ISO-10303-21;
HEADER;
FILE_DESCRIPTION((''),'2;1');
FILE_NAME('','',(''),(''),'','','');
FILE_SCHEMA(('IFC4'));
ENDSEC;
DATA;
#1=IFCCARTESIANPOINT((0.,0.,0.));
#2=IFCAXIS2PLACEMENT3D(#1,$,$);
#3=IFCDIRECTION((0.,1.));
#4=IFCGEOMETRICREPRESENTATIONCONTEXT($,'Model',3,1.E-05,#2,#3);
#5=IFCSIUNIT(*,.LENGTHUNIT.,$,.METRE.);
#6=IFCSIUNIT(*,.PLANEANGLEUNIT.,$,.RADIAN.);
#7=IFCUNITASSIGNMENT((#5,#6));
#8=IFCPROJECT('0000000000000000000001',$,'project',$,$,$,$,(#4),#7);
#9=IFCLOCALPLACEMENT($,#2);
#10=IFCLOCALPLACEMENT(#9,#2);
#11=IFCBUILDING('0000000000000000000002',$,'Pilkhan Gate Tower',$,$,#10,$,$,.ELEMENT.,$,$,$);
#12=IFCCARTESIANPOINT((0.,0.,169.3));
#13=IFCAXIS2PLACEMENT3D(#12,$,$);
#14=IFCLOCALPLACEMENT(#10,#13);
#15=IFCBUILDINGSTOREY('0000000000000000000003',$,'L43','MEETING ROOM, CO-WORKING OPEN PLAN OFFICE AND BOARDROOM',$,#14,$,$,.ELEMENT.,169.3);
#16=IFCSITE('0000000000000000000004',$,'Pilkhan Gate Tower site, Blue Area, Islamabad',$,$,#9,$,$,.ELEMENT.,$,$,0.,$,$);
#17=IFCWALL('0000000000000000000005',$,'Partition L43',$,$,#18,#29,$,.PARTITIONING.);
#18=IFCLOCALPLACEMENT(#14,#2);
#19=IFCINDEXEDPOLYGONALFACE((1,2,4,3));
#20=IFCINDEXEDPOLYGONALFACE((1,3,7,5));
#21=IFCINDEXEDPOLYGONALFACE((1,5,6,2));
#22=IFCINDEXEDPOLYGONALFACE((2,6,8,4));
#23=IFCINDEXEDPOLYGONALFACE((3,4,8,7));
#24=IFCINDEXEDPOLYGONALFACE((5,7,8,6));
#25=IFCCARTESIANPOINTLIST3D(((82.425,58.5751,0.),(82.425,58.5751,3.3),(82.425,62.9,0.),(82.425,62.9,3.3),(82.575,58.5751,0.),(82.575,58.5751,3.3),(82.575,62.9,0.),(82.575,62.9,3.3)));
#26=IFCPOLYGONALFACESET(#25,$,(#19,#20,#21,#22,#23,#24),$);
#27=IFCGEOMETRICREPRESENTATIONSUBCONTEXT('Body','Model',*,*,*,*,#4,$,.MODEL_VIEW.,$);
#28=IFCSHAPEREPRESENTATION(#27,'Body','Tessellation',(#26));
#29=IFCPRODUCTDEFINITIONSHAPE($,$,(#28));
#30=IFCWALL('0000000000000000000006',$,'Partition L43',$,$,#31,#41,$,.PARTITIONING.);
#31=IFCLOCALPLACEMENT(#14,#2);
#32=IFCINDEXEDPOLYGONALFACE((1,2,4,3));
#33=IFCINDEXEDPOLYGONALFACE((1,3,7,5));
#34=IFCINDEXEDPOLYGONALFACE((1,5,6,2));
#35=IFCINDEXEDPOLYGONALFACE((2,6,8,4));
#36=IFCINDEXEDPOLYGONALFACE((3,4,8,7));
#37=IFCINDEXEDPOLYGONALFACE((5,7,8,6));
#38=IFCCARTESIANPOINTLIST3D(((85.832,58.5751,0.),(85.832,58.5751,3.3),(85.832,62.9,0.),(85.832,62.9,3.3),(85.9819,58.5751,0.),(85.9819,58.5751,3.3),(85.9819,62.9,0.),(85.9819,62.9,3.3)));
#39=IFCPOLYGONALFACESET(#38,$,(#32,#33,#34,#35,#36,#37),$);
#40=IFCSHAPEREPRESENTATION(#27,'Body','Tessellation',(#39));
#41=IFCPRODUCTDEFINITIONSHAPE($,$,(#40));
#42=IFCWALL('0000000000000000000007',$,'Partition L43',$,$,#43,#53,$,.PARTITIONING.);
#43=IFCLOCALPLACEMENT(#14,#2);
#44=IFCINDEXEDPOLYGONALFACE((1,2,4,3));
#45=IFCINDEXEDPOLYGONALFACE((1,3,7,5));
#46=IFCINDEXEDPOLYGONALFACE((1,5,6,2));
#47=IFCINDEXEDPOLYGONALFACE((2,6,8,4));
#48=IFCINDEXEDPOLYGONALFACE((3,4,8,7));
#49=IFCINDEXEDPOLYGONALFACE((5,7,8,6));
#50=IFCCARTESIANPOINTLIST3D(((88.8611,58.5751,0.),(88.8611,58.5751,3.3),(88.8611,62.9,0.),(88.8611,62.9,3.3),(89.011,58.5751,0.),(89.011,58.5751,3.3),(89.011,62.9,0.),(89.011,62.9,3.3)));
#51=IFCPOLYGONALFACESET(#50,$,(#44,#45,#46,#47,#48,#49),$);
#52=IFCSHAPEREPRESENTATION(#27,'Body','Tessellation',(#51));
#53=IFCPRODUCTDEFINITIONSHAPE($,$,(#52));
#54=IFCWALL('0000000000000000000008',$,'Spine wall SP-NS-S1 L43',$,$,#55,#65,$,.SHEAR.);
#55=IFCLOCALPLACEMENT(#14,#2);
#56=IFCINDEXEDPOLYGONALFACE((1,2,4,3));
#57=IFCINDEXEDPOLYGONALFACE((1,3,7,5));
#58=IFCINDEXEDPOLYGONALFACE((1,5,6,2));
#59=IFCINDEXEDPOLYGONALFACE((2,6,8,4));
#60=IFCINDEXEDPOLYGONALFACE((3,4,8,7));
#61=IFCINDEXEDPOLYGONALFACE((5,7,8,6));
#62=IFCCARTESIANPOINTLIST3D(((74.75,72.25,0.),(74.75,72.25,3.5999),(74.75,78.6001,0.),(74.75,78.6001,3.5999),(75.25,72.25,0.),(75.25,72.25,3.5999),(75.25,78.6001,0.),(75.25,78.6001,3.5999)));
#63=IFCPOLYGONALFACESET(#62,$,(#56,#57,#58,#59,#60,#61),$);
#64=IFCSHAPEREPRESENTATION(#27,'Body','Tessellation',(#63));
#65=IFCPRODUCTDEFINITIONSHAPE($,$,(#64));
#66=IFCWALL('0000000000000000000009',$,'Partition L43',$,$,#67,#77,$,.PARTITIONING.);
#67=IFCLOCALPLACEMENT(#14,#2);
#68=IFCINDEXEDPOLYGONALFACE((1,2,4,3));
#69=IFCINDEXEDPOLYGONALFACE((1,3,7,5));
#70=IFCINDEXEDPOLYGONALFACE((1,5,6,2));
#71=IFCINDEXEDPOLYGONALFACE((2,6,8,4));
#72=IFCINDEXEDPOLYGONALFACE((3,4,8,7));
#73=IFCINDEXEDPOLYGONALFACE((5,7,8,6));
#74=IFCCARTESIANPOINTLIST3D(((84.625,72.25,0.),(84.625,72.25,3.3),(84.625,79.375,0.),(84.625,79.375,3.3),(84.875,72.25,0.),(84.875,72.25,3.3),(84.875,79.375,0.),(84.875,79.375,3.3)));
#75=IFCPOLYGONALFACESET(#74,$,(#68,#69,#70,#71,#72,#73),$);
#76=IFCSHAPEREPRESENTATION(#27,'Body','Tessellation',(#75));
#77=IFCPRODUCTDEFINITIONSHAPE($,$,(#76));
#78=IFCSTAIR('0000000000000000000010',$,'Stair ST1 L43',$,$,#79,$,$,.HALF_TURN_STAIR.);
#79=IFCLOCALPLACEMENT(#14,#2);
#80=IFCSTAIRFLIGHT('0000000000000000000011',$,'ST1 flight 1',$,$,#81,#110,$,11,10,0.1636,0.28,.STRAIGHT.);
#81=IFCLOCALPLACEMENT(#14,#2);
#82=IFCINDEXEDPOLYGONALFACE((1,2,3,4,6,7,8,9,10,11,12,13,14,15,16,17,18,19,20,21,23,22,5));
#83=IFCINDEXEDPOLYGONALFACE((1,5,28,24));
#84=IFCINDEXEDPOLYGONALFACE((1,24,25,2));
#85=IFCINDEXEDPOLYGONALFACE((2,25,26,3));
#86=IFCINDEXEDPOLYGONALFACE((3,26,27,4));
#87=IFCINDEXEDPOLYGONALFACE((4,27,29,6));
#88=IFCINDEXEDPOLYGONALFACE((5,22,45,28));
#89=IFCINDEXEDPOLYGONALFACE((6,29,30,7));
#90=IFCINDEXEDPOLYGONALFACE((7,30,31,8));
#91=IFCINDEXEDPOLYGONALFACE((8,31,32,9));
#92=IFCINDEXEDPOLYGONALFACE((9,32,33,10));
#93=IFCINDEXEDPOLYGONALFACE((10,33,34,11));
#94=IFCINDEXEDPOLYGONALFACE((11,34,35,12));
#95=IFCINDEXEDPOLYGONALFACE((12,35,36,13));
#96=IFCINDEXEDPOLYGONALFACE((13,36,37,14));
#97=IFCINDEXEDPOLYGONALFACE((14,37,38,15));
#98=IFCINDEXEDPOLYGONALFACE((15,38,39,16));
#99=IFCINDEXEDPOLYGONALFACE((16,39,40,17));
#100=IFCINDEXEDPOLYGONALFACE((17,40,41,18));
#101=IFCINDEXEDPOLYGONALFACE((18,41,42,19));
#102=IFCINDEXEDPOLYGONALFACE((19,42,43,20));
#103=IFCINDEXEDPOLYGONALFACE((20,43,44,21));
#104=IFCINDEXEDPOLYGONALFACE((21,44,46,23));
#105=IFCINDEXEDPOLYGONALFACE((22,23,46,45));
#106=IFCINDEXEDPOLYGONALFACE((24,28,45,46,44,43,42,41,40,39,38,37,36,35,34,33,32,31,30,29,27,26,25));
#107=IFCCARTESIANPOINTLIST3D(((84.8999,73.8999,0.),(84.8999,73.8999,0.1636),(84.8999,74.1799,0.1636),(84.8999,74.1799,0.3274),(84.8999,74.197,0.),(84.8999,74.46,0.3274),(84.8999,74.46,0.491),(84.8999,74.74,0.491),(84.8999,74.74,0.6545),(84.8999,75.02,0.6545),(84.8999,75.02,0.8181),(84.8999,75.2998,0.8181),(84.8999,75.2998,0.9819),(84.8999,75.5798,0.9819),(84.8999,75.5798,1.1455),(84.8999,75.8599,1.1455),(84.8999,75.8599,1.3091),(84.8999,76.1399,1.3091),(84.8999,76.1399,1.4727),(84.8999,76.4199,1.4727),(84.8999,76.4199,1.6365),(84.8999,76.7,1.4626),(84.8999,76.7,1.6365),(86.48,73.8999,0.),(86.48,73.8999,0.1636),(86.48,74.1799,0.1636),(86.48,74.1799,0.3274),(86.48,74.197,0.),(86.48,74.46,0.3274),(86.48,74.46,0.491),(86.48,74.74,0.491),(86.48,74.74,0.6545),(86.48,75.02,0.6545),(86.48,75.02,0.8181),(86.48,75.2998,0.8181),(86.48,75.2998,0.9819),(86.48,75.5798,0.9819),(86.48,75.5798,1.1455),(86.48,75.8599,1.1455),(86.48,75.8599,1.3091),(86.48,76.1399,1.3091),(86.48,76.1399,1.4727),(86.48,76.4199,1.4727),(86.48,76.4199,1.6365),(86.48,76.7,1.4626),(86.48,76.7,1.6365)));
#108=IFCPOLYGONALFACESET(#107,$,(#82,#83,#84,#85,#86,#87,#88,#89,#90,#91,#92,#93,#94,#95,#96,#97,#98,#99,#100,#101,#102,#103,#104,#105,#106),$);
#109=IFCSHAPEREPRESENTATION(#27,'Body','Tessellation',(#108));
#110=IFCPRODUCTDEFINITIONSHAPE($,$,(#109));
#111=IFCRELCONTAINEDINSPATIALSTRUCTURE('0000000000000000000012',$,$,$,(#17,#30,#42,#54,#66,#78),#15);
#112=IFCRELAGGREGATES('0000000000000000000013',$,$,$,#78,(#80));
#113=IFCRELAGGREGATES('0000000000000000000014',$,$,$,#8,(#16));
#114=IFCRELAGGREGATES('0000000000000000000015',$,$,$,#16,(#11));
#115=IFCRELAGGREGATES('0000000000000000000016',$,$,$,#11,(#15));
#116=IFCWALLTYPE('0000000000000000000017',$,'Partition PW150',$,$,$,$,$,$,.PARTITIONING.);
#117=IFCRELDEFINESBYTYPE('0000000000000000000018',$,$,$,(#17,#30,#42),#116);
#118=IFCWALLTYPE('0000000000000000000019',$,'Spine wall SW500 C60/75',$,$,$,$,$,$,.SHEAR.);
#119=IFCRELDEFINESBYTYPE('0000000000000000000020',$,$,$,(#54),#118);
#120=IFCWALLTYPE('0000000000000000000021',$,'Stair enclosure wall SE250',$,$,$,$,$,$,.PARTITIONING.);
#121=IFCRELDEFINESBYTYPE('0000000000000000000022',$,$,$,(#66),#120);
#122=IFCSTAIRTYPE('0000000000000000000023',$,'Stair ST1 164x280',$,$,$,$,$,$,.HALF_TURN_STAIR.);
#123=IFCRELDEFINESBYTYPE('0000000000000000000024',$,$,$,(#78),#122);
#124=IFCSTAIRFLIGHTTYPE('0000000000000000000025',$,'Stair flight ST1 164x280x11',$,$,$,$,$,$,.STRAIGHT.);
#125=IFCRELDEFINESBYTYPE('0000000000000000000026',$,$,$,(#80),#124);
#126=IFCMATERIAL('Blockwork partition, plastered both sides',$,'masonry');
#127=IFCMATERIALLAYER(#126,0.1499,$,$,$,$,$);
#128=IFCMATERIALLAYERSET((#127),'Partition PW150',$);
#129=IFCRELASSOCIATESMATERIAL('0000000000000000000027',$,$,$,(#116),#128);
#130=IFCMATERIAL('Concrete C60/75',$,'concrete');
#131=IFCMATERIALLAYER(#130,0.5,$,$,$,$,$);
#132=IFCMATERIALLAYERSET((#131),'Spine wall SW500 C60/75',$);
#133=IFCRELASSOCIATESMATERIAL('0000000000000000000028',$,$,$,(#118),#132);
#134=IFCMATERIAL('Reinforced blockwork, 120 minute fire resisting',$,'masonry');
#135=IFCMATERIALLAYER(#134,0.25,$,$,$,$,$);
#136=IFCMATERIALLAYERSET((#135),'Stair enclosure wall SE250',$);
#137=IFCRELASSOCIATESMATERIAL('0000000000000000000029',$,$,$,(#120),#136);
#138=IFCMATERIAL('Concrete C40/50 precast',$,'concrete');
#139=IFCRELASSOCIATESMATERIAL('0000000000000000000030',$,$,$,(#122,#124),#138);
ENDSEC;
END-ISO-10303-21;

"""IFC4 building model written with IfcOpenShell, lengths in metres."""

from ifc_helpers import new_model, si_unit, direction, frame, frame_2d, origin, place, context, subcontext, project, spatial, polyline, rectangle, outline, extrude, material, layer, layer_set, type_object, element, aggregate, save


model = new_model("IFC4")

# Units and contexts
model_context = context("Model", 3, precision=1e-05, world=origin(), true_north=direction((0.0, 1.0)))
body_context = subcontext(model_context, "Body", "Model", "MODEL_VIEW")
ifc_project = project(units=[si_unit("LENGTHUNIT", "METRE"), si_unit("PLANEANGLEUNIT", "RADIAN")], contexts=[model_context])

# Site, building, storey
site_placement = place(None, origin())
site = spatial("IfcSite", under=ifc_project, at=site_placement, Name="Pilkhan Gate Tower site, Blue Area, Islamabad", CompositionType="ELEMENT", RefElevation=0.0)
building_placement = place(site_placement, origin())
building = spatial("IfcBuilding", under=site, at=building_placement, Name="Pilkhan Gate Tower", CompositionType="ELEMENT")
storey_placement = place(building_placement, frame((0.0, 0.0, 169.3)))
storey = spatial("IfcBuildingStorey", under=building, at=storey_placement, Name="L43", Description="MEETING ROOM, CO-WORKING OPEN PLAN OFFICE AND BOARDROOM", CompositionType="ELEMENT", Elevation=169.3)

# Shared definitions
ifc_material_1 = material(Name="Concrete C60/75", Category="concrete")

# Walls
ifc_material_2 = material(Name="Blockwork partition, plastered both sides", Category="masonry")
ifc_layer_1 = layer(ifc_material_2, 0.1499)
ifc_layer_set_1 = layer_set([ifc_layer_1], Name="Partition PW150")
wall_type_1 = type_object("IfcWallType", Name="Partition PW150", PredefinedType="PARTITIONING", material=ifc_layer_set_1)
for number, where, z_axis, x_axis, name in (
    (1, (82.5, 58.575, 0.0), (0.0, 0.0, 1.0), (0.0, 1.0, 0.0), "Partition L43"),
    (2, (85.907, 58.575, 0.0), (0.0, 0.0, 1.0), (0.0, 1.0, 0.0), "Partition L43"),
    (3, (88.936, 58.575, 0.0), (0.0, 0.0, 1.0), (0.0, 1.0, 0.0), "Partition L43"),
):
    element("IfcWall", number, at=place(storey_placement, frame(where, z_axis=z_axis, x_axis=x_axis)), inside=storey, type_object=wall_type_1, Name=name, PredefinedType="PARTITIONING", context=body_context, shape_type="SweptSolid", body=[
        extrude(rectangle(XDim=4.325, YDim=0.1499, at=frame_2d((2.1626, 0.0))), origin(), (0.0, 0.0, 1.0), 3.3),
    ])
ifc_layer_2 = layer(ifc_material_1, 0.5)
ifc_layer_set_2 = layer_set([ifc_layer_2], Name="Spine wall SW500 C60/75")
wall_type_2 = type_object("IfcWallType", Name="Spine wall SW500 C60/75", PredefinedType="SHEAR", material=ifc_layer_set_2)
wall_1_placement = place(storey_placement, frame((75.0, 72.25, 0.0), z_axis=(0.0, 0.0, 1.0), x_axis=(0.0, 1.0, 0.0)))
element("IfcWall", 4, at=wall_1_placement, inside=storey, type_object=wall_type_2, Name="Spine wall SP-NS-S1 L43", PredefinedType="SHEAR", context=body_context, shape_type="SweptSolid", body=[
    extrude(rectangle(XDim=6.3501, YDim=0.5, at=frame_2d((3.175, 0.0))), origin(), (0.0, 0.0, 1.0), 3.5999),
])
ifc_material_3 = material(Name="Reinforced blockwork, 120 minute fire resisting", Category="masonry")
ifc_layer_3 = layer(ifc_material_3, 0.25)
ifc_layer_set_3 = layer_set([ifc_layer_3], Name="Stair enclosure wall SE250")
wall_type_3 = type_object("IfcWallType", Name="Stair enclosure wall SE250", PredefinedType="PARTITIONING", material=ifc_layer_set_3)
wall_2_placement = place(storey_placement, frame((84.75, 72.25, 0.0), z_axis=(0.0, 0.0, 1.0), x_axis=(0.0, 1.0, 0.0)))
element("IfcWall", 5, at=wall_2_placement, inside=storey, type_object=wall_type_3, Name="Partition L43", PredefinedType="PARTITIONING", context=body_context, shape_type="SweptSolid", body=[
    extrude(rectangle(XDim=7.125, YDim=0.25, at=frame_2d((3.5625, 0.0))), origin(), (0.0, 0.0, 1.0), 3.3),
])

# Stair, stair flight
ifc_material_4 = material(Name="Concrete C40/50 precast", Category="concrete")
stair_type = type_object("IfcStairType", Name="Stair ST1 164x280", PredefinedType="HALF_TURN_STAIR", material=ifc_material_4)
stair_placement = place(storey_placement, origin())
stair = element("IfcStair", 6, at=stair_placement, inside=storey, type_object=stair_type, Name="Stair ST1 L43", PredefinedType="HALF_TURN_STAIR")
stair_flight_type = type_object("IfcStairFlightType", Name="Stair flight ST1 164x280x11", PredefinedType="STRAIGHT", material=ifc_material_4)
stair_flight_placement = place(storey_placement, frame((85.6899, 73.8999, 0.0), z_axis=(0.0, 0.0, 1.0), x_axis=(0.0, 1.0, 0.0)))
stair_flight = element("IfcStairFlight", 7, at=stair_flight_placement, type_object=stair_flight_type, Name="ST1 flight 1", NumberOfRisers=11, NumberOfTreads=10, PredefinedType="STRAIGHT", RiserHeight=0.1636, TreadLength=0.28, context=body_context, shape_type="SweptSolid", body=[
    extrude(outline(polyline([(0.0, 0.0), (0.0, 0.1636), (0.28, 0.1636), (0.28, 0.3274), (0.5601, 0.3274), (0.5601, 0.491), (0.8401, 0.491), (0.8401, 0.6545), (1.1201, 0.6545), (1.1201, 0.8181), (1.3999, 0.8181), (1.3999, 0.9819), (1.6799, 0.9819), (1.6799, 1.1455), (1.96, 1.1455), (1.96, 1.3091), (2.24, 1.3091), (2.24, 1.4727), (2.52, 1.4727), (2.52, 1.6365), (2.8, 1.6365), (2.8, 1.8), (2.8, 1.4626), (0.2971, 0.0), (0.0, 0.0)])), frame((0.0, 0.79, 0.0), z_axis=(0.0, -1.0, 0.0), x_axis=(1.0, 0.0, 0.0)), (0.0, 0.0, 1.0), 1.5801),
])
aggregate(stair, [stair_flight])

save(model, "model.ifc")
